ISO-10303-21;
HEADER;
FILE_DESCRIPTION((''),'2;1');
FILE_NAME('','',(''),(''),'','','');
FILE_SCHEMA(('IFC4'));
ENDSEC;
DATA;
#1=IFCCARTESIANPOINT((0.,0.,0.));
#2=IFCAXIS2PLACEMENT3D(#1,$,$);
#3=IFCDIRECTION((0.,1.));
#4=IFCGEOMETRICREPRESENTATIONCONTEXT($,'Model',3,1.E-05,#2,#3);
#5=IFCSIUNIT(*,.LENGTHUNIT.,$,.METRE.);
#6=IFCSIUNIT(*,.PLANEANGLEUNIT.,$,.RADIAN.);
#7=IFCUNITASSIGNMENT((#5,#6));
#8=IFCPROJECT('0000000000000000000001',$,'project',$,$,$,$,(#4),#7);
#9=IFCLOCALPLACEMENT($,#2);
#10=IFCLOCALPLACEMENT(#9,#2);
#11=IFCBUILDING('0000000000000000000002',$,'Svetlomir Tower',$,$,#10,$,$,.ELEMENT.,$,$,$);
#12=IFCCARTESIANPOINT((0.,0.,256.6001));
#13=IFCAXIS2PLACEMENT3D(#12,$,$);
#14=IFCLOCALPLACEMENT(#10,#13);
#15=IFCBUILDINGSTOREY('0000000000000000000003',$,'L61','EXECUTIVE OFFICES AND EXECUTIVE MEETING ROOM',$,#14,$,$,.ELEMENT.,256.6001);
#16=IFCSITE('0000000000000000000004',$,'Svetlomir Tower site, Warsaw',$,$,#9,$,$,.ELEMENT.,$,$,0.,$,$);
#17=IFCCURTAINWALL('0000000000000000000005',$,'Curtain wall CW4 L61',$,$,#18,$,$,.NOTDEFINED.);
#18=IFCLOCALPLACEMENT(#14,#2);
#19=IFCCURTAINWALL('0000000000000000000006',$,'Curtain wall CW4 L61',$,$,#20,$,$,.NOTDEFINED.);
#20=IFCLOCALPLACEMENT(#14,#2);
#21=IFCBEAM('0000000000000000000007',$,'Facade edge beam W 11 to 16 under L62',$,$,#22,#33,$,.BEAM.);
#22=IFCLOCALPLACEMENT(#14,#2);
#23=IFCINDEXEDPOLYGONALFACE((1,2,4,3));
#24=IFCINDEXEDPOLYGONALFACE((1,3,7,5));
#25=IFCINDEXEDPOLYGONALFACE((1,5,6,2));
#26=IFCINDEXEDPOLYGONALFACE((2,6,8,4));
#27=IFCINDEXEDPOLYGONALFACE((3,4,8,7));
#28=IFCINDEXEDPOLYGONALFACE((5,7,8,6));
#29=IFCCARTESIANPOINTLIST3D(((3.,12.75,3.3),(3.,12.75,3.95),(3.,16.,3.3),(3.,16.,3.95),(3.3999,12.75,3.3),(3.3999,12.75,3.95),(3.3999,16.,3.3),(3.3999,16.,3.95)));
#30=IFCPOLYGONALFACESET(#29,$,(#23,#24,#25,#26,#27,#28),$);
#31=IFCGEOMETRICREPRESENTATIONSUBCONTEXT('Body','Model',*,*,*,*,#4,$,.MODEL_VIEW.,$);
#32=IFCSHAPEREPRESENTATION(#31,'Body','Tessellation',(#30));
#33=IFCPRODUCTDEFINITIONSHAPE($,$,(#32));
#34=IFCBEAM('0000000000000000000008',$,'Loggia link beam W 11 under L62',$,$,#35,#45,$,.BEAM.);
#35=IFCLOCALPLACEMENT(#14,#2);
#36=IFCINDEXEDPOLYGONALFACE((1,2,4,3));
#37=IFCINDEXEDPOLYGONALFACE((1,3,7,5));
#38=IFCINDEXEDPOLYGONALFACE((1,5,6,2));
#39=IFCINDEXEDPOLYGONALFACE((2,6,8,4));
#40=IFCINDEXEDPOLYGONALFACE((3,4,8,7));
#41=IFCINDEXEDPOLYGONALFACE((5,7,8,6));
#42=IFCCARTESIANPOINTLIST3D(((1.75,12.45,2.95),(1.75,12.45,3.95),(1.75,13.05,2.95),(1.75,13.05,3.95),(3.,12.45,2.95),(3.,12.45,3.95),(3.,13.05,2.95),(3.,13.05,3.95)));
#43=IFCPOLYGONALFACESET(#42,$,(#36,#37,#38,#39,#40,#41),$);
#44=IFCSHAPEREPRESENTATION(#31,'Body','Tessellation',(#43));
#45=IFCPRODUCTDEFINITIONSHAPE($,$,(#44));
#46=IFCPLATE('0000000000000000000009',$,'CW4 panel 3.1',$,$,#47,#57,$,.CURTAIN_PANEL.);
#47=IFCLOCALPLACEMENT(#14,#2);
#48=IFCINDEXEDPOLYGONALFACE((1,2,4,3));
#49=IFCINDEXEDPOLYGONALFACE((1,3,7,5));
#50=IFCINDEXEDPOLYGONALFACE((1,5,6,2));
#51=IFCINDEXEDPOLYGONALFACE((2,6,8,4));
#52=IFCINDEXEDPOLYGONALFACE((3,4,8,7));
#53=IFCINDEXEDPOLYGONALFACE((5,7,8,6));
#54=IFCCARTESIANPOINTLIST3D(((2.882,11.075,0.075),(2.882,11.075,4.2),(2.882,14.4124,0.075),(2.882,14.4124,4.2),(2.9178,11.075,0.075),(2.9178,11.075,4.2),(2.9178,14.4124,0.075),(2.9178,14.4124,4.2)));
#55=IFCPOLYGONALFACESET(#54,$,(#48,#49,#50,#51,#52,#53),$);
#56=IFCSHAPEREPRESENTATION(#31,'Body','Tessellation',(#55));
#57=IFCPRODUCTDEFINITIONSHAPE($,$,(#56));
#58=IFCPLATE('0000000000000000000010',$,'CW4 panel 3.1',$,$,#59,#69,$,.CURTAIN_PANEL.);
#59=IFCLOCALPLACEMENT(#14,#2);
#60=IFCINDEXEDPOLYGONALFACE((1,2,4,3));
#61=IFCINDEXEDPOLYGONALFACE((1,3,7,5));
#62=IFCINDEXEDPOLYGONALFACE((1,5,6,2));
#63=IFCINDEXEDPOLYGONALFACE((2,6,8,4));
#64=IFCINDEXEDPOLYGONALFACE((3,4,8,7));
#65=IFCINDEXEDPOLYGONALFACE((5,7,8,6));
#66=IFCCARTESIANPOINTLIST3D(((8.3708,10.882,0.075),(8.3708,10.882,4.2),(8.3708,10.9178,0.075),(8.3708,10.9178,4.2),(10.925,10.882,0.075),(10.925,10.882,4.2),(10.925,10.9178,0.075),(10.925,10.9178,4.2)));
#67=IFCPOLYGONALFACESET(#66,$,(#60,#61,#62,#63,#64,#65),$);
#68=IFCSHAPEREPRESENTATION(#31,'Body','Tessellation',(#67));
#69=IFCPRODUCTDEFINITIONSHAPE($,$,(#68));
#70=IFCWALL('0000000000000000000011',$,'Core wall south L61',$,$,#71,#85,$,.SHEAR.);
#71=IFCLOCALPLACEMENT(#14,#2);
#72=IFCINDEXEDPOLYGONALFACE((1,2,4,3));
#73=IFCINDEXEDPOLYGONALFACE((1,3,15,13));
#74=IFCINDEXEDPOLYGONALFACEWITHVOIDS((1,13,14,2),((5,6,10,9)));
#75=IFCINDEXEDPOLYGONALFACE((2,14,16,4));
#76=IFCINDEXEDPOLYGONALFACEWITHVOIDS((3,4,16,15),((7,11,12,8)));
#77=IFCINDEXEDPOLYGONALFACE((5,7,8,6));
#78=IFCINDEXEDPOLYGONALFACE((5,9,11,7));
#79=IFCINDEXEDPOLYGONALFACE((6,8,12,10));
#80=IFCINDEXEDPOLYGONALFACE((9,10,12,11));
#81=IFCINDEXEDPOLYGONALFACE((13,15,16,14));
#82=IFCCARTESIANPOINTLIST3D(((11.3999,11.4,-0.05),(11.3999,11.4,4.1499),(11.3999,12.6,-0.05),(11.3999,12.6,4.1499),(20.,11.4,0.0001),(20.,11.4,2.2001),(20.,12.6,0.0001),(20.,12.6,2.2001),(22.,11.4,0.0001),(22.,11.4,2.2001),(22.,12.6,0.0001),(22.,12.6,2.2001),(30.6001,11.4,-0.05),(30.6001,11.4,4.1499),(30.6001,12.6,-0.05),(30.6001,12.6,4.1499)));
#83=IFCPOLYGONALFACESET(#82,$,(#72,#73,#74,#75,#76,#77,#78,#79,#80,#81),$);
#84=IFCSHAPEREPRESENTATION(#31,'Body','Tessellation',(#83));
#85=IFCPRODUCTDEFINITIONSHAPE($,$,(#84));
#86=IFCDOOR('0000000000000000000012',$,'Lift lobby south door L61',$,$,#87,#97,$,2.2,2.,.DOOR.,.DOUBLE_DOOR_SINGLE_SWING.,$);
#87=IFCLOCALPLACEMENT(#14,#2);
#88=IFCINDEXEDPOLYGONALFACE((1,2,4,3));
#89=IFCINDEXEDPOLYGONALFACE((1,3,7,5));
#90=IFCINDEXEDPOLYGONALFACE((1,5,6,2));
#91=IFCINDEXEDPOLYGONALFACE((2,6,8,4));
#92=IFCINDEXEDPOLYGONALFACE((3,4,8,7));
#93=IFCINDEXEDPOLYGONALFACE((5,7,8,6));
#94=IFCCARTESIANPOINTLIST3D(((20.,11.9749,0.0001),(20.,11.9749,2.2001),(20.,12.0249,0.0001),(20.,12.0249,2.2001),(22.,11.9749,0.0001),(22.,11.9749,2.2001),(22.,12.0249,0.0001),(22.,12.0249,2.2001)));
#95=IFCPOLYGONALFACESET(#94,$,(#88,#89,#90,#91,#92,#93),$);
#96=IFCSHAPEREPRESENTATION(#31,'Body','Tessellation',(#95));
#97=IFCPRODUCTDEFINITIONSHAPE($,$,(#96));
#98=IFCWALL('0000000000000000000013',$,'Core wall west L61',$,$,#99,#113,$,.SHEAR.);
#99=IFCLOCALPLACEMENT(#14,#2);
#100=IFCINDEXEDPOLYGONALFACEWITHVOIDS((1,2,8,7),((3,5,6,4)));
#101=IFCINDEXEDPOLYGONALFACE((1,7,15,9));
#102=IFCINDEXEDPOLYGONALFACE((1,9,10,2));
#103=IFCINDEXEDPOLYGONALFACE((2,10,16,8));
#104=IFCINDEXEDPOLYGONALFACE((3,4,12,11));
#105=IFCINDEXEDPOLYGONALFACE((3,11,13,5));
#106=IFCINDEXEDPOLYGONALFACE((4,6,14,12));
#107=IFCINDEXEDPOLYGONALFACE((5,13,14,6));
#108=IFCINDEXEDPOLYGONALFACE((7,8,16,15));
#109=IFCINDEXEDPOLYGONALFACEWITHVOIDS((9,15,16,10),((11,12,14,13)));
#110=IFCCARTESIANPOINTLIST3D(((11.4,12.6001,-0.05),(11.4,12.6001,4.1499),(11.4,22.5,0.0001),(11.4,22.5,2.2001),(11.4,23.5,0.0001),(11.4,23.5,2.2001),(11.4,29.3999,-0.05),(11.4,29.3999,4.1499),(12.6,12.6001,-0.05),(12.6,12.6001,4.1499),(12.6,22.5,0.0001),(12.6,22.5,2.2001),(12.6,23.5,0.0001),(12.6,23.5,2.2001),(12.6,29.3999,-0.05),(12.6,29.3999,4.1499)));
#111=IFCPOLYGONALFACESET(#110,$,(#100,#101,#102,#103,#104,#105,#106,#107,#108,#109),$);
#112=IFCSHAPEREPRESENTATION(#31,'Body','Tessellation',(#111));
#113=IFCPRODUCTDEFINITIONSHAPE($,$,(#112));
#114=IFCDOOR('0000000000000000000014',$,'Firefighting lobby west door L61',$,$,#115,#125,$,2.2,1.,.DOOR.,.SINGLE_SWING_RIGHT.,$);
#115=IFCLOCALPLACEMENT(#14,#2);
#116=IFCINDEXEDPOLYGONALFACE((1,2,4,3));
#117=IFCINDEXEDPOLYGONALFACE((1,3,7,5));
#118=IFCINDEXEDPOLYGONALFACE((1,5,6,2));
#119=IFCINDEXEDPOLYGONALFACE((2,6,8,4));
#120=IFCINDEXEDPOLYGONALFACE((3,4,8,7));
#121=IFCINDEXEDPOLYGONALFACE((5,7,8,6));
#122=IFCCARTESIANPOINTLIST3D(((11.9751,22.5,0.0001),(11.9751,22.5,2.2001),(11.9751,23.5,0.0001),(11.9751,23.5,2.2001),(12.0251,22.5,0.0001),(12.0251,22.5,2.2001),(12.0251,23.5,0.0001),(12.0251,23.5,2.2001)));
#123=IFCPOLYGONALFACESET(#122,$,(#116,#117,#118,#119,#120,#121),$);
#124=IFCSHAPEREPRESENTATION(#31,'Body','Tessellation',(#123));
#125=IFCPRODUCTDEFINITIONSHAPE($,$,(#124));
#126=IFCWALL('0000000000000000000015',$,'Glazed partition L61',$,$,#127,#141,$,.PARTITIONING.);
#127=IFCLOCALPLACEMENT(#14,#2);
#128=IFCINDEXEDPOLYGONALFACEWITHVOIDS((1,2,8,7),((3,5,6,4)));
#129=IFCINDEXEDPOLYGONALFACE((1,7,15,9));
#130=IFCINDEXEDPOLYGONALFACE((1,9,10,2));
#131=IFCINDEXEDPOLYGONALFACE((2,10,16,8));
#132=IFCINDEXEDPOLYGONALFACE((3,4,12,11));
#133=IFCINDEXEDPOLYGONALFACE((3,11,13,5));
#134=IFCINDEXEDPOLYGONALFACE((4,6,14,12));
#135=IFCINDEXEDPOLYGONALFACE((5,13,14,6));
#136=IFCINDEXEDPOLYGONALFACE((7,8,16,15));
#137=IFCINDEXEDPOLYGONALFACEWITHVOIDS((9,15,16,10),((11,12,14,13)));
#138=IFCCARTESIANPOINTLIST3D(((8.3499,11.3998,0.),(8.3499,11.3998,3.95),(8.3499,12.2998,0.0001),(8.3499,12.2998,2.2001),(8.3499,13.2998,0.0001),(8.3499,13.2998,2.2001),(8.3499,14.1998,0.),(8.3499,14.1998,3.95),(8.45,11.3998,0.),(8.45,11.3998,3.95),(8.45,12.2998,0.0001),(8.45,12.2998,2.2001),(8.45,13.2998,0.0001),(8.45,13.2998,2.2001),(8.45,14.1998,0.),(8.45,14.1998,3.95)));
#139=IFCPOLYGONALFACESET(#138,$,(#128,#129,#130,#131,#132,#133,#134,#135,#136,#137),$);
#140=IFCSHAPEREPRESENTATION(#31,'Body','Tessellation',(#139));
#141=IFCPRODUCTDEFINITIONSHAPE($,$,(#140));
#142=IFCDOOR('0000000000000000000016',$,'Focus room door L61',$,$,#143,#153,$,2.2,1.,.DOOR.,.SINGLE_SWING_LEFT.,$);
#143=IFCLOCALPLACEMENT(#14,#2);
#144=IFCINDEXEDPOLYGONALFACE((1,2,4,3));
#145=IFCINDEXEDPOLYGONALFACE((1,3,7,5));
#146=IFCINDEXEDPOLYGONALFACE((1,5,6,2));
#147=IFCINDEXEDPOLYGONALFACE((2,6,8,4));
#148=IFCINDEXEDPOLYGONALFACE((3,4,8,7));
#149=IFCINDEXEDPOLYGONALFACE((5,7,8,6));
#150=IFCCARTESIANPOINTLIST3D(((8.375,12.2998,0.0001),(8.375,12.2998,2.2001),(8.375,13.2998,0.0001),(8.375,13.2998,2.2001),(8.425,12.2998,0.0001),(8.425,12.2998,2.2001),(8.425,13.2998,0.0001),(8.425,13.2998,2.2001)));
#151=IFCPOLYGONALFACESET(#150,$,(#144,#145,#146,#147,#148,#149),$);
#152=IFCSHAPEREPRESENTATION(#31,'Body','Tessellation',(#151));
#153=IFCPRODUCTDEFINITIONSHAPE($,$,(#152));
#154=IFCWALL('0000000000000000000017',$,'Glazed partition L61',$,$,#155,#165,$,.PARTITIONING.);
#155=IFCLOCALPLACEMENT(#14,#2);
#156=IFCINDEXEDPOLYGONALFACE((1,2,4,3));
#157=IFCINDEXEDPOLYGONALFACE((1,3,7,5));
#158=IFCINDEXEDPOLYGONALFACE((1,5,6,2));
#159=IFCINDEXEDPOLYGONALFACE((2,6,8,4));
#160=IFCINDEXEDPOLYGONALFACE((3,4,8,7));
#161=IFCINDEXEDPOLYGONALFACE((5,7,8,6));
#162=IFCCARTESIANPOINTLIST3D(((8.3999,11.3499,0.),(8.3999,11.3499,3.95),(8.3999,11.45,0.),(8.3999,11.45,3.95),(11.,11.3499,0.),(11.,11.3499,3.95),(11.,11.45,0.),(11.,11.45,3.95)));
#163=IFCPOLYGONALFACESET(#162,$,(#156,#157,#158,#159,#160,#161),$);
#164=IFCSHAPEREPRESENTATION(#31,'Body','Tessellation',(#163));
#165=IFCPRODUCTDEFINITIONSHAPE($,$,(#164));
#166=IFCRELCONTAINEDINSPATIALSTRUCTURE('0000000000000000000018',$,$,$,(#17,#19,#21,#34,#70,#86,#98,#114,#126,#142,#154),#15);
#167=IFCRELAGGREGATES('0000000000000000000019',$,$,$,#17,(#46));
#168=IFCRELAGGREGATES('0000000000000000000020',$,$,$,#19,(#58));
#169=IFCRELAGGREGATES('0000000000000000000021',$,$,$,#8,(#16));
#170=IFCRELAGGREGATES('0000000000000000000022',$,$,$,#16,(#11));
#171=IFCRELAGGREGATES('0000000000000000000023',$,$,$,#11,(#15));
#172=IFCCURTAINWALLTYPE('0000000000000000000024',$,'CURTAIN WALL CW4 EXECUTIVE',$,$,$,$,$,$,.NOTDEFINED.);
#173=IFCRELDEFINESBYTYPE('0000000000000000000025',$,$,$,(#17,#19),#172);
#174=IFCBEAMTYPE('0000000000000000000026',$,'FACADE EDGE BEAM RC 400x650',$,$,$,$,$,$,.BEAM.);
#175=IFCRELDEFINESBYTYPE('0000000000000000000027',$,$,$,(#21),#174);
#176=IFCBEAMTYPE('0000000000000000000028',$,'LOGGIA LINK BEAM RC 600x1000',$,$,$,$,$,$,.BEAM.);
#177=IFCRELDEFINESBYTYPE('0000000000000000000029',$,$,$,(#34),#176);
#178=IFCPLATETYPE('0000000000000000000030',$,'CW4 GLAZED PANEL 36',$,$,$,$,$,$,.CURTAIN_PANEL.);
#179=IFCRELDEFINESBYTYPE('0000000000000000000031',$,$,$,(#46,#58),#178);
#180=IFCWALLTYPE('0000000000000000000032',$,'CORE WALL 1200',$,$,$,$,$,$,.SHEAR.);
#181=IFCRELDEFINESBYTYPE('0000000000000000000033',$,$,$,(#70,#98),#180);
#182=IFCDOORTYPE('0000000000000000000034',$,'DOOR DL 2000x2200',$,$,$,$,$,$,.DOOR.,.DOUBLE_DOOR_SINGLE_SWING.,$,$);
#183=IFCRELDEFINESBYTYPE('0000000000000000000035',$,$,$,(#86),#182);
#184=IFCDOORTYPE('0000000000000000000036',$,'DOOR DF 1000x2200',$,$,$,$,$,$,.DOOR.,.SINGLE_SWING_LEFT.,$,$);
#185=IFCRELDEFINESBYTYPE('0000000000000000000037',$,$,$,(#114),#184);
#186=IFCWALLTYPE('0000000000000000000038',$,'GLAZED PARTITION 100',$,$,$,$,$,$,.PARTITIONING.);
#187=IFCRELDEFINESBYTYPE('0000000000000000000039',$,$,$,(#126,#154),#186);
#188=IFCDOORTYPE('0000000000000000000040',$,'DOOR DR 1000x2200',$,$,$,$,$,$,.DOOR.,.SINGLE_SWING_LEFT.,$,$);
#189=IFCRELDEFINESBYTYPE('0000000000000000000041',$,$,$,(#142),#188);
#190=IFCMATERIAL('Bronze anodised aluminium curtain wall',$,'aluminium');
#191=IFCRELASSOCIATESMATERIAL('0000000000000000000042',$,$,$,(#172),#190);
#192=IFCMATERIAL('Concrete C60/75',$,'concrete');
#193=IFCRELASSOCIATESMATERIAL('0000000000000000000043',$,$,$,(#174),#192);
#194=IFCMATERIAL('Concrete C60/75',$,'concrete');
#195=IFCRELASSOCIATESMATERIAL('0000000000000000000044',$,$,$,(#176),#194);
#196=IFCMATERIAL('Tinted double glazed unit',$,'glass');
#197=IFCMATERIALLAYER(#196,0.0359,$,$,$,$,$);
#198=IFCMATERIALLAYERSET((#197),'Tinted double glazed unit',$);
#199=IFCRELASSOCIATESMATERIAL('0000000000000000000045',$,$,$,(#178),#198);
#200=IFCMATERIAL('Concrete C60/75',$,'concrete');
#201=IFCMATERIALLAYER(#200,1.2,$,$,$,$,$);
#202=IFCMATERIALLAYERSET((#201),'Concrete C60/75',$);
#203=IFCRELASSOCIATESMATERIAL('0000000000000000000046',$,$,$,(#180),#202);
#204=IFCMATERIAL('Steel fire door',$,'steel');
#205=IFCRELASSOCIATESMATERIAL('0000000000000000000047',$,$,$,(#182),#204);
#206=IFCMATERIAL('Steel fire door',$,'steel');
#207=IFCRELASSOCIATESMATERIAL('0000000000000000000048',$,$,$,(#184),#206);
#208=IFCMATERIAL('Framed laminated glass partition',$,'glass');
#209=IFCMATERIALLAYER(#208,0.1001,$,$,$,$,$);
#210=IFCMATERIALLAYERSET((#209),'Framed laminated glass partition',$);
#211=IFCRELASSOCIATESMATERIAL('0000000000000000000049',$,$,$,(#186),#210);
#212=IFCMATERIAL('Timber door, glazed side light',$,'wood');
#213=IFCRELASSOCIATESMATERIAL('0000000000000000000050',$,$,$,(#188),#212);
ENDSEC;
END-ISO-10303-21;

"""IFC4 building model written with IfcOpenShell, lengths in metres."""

from ifc_helpers import new_model, si_unit, direction, frame, frame_2d, origin, origin_2d, place, context, subcontext, project, spatial, rectangle, extrude, material, layer, layer_set, material_profile, profile_set, type_object, element, fill, aggregate, save


model = new_model("IFC4")

# Units and contexts
model_context = context("Model", 3, precision=1e-05, world=origin(), true_north=direction((0.0, 1.0)))
body_context = subcontext(model_context, "Body", "Model", "MODEL_VIEW")
ifc_project = project(units=[si_unit("LENGTHUNIT", "METRE"), si_unit("PLANEANGLEUNIT", "RADIAN")], contexts=[model_context])

# Site, building, storey
site_placement = place(None, origin())
site = spatial("IfcSite", under=ifc_project, at=site_placement, Name="Svetlomir Tower site, Warsaw", CompositionType="ELEMENT", RefElevation=0.0)
building_placement = place(site_placement, origin())
building = spatial("IfcBuilding", under=site, at=building_placement, Name="Svetlomir Tower", CompositionType="ELEMENT")
storey_placement = place(building_placement, frame((0.0, 0.0, 256.6001)))
storey = spatial("IfcBuildingStorey", under=building, at=storey_placement, Name="L61", Description="EXECUTIVE OFFICES AND EXECUTIVE MEETING ROOM", CompositionType="ELEMENT", Elevation=256.6001)

# Curtain walls
ifc_material_1 = material(Name="Bronze anodised aluminium curtain wall", Category="aluminium")
curtain_wall_type = type_object("IfcCurtainWallType", Name="CURTAIN WALL CW4 EXECUTIVE", PredefinedType="NOTDEFINED", material=ifc_material_1)
curtain_wall_1_placement = place(storey_placement, origin())
curtain_wall_1 = element("IfcCurtainWall", 1, at=curtain_wall_1_placement, inside=storey, type_object=curtain_wall_type, Name="Curtain wall CW4 L61", PredefinedType="NOTDEFINED")
curtain_wall_2_placement = place(storey_placement, origin())
curtain_wall_2 = element("IfcCurtainWall", 2, at=curtain_wall_2_placement, inside=storey, type_object=curtain_wall_type, Name="Curtain wall CW4 L61", PredefinedType="NOTDEFINED")

# Beams
ifc_material_2 = material(Name="Concrete C60/75", Category="concrete")
ifc_material_profile_1 = material_profile(ifc_material_2, rectangle(XDim=0.3999, YDim=0.6499, at=origin_2d()), Name="RC 400x650")
ifc_profile_set_1 = profile_set([ifc_material_profile_1], Name="Concrete C60/75")
beam_type_1 = type_object("IfcBeamType", Name="FACADE EDGE BEAM RC 400x650", PredefinedType="BEAM", material=ifc_profile_set_1)
beam_1_placement = place(storey_placement, frame((3.2, 12.75, 3.625), z_axis=(0.0, 1.0, 0.0), x_axis=(-1.0, 0.0, 0.0)))
element("IfcBeam", 3, at=beam_1_placement, inside=storey, type_object=beam_type_1, Name="Facade edge beam W 11 to 16 under L62", PredefinedType="BEAM", context=body_context, shape_type="SweptSolid", body=[
    extrude(rectangle(XDim=0.3999, YDim=0.6499, at=origin_2d()), origin(), (0.0, 0.0, 1.0), 3.25),
])
ifc_material_3 = material(Name="Concrete C60/75", Category="concrete")
ifc_material_profile_2 = material_profile(ifc_material_3, rectangle(XDim=0.6001, YDim=1.0, at=origin_2d()), Name="RC 600x1000")
ifc_profile_set_2 = profile_set([ifc_material_profile_2], Name="Concrete C60/75")
beam_type_2 = type_object("IfcBeamType", Name="LOGGIA LINK BEAM RC 600x1000", PredefinedType="BEAM", material=ifc_profile_set_2)
beam_2_placement = place(storey_placement, frame((1.75, 12.75, 3.45), z_axis=(1.0, 0.0, 0.0), x_axis=(0.0, 1.0, 0.0)))
element("IfcBeam", 4, at=beam_2_placement, inside=storey, type_object=beam_type_2, Name="Loggia link beam W 11 under L62", PredefinedType="BEAM", context=body_context, shape_type="SweptSolid", body=[
    extrude(rectangle(XDim=0.6001, YDim=1.0, at=origin_2d()), origin(), (0.0, 0.0, 1.0), 1.25),
])

# Plates
ifc_material_4 = material(Name="Tinted double glazed unit", Category="glass")
ifc_layer_1 = layer(ifc_material_4, 0.0359)
ifc_layer_set_1 = layer_set([ifc_layer_1], Name="Tinted double glazed unit")
plate_type = type_object("IfcPlateType", Name="CW4 GLAZED PANEL 36", PredefinedType="CURTAIN_PANEL", material=ifc_layer_set_1)
plate_1_placement = place(storey_placement, frame((2.8999, 12.7437, 0.075), z_axis=(0.0, 0.0, 1.0), x_axis=(0.0, -1.0, 0.0)))
plate_1 = element("IfcPlate", 5, at=plate_1_placement, type_object=plate_type, Name="CW4 panel 3.1", PredefinedType="CURTAIN_PANEL", context=body_context, shape_type="SweptSolid", body=[
    extrude(rectangle(XDim=3.3374, YDim=0.0359, at=origin_2d()), origin(), (0.0, 0.0, 1.0), 4.125),
])
aggregate(curtain_wall_1, [plate_1])
plate_2_placement = place(storey_placement, frame((9.6479, 10.8999, 0.075), z_axis=(0.0, 0.0, 1.0), x_axis=(1.0, 0.0, 0.0)))
plate_2 = element("IfcPlate", 6, at=plate_2_placement, type_object=plate_type, Name="CW4 panel 3.1", PredefinedType="CURTAIN_PANEL", context=body_context, shape_type="SweptSolid", body=[
    extrude(rectangle(XDim=2.5542, YDim=0.0359, at=origin_2d()), origin(), (0.0, 0.0, 1.0), 4.125),
])
aggregate(curtain_wall_2, [plate_2])

# Walls, openings, doors
ifc_material_5 = material(Name="Concrete C60/75", Category="concrete")
ifc_layer_2 = layer(ifc_material_5, 1.2)
ifc_layer_set_2 = layer_set([ifc_layer_2], Name="Concrete C60/75")
wall_type_1 = type_object("IfcWallType", Name="CORE WALL 1200", PredefinedType="SHEAR", material=ifc_layer_set_2)
wall_1_placement = place(storey_placement, frame((11.3999, 12.0, -0.05), z_axis=(0.0, 0.0, 1.0), x_axis=(1.0, 0.0, 0.0)))
wall_1 = element("IfcWall", 7, at=wall_1_placement, inside=storey, type_object=wall_type_1, Name="Core wall south L61", PredefinedType="SHEAR", context=body_context, shape_type="SweptSolid", body=[
    extrude(rectangle(XDim=19.2002, YDim=1.2, at=frame_2d((9.6001, 0.0))), origin(), (0.0, 0.0, 1.0), 4.2),
])
opening_1_placement = place(wall_1_placement, frame((8.6001, 0.0, 0.05)))
opening_1 = element("IfcOpeningElement", 8, at=opening_1_placement, cuts=wall_1, PredefinedType="OPENING", context=body_context, shape_type="SweptSolid", body=[
    extrude(rectangle(XDim=2.0, YDim=2.2, at=frame_2d((1.0, 1.1001))), frame((0.0, 0.6099, 0.0), z_axis=(0.0, -1.0, 0.0), x_axis=(1.0, 0.0, 0.0)), (0.0, 0.0, 1.0), 1.22),
])
ifc_material_6 = material(Name="Steel fire door", Category="steel")
door_type_1 = type_object("IfcDoorType", Name="DOOR DL 2000x2200", OperationType="DOUBLE_DOOR_SINGLE_SWING", PredefinedType="DOOR", material=ifc_material_6)
door_1_placement = place(opening_1_placement, origin())
door_1 = element("IfcDoor", 9, at=door_1_placement, inside=storey, type_object=door_type_1, Name="Lift lobby south door L61", OperationType="DOUBLE_DOOR_SINGLE_SWING", OverallHeight=2.2, OverallWidth=2.0, PredefinedType="DOOR", context=body_context, shape_type="SweptSolid", body=[
    extrude(rectangle(XDim=2.0, YDim=2.2, at=frame_2d((1.0, 1.1001))), frame((0.0, 0.0249, 0.0), z_axis=(0.0, -1.0, 0.0), x_axis=(1.0, 0.0, 0.0)), (0.0, 0.0, 1.0), 0.05),
])
fill(opening_1, door_1)
wall_2_placement = place(storey_placement, frame((12.0, 12.6001, -0.05), z_axis=(0.0, 0.0, 1.0), x_axis=(0.0, 1.0, 0.0)))
wall_2 = element("IfcWall", 10, at=wall_2_placement, inside=storey, type_object=wall_type_1, Name="Core wall west L61", PredefinedType="SHEAR", context=body_context, shape_type="SweptSolid", body=[
    extrude(rectangle(XDim=16.7998, YDim=1.2, at=frame_2d((8.3999, 0.0))), origin(), (0.0, 0.0, 1.0), 4.2),
])
opening_2_placement = place(wall_2_placement, frame((9.8999, 0.0, 0.05)))
opening_2 = element("IfcOpeningElement", 11, at=opening_2_placement, cuts=wall_2, PredefinedType="OPENING", context=body_context, shape_type="SweptSolid", body=[
    extrude(rectangle(XDim=1.0, YDim=2.2, at=frame_2d((0.5, 1.1001))), frame((0.0, 0.6099, 0.0), z_axis=(0.0, -1.0, 0.0), x_axis=(1.0, 0.0, 0.0)), (0.0, 0.0, 1.0), 1.22),
])
ifc_material_7 = material(Name="Steel fire door", Category="steel")
door_type_2 = type_object("IfcDoorType", Name="DOOR DF 1000x2200", OperationType="SINGLE_SWING_LEFT", PredefinedType="DOOR", material=ifc_material_7)
door_2_placement = place(opening_2_placement, origin())
door_2 = element("IfcDoor", 12, at=door_2_placement, inside=storey, type_object=door_type_2, Name="Firefighting lobby west door L61", OperationType="SINGLE_SWING_RIGHT", OverallHeight=2.2, OverallWidth=1.0, PredefinedType="DOOR", context=body_context, shape_type="SweptSolid", body=[
    extrude(rectangle(XDim=1.0, YDim=2.2, at=frame_2d((0.5, 1.1001))), frame((0.0, 0.0249, 0.0), z_axis=(0.0, -1.0, 0.0), x_axis=(1.0, 0.0, 0.0)), (0.0, 0.0, 1.0), 0.05),
])
fill(opening_2, door_2)
ifc_material_8 = material(Name="Framed laminated glass partition", Category="glass")
ifc_layer_3 = layer(ifc_material_8, 0.1001)
ifc_layer_set_3 = layer_set([ifc_layer_3], Name="Framed laminated glass partition")
wall_type_2 = type_object("IfcWallType", Name="GLAZED PARTITION 100", PredefinedType="PARTITIONING", material=ifc_layer_set_3)
wall_3_placement = place(storey_placement, frame((8.3999, 11.3999, 0.0), z_axis=(0.0, 0.0, 1.0), x_axis=(0.0, 1.0, 0.0)))
wall_3 = element("IfcWall", 13, at=wall_3_placement, inside=storey, type_object=wall_type_2, Name="Glazed partition L61", PredefinedType="PARTITIONING", context=body_context, shape_type="SweptSolid", body=[
    extrude(rectangle(XDim=2.8, YDim=0.1001, at=frame_2d((1.3999, 0.0))), origin(), (0.0, 0.0, 1.0), 3.95),
])
opening_3_placement = place(wall_3_placement, frame((0.8999, 0.0, 0.0)))
opening_3 = element("IfcOpeningElement", 14, at=opening_3_placement, cuts=wall_3, PredefinedType="OPENING", context=body_context, shape_type="SweptSolid", body=[
    extrude(rectangle(XDim=1.0, YDim=2.2, at=frame_2d((0.5, 1.1001))), frame((0.0, 0.0601, 0.0), z_axis=(0.0, -1.0, 0.0), x_axis=(1.0, 0.0, 0.0)), (0.0, 0.0, 1.0), 0.1201),
])
ifc_material_9 = material(Name="Timber door, glazed side light", Category="wood")
door_type_3 = type_object("IfcDoorType", Name="DOOR DR 1000x2200", OperationType="SINGLE_SWING_LEFT", PredefinedType="DOOR", material=ifc_material_9)
door_3_placement = place(opening_3_placement, origin())
door_3 = element("IfcDoor", 15, at=door_3_placement, inside=storey, type_object=door_type_3, Name="Focus room door L61", OperationType="SINGLE_SWING_LEFT", OverallHeight=2.2, OverallWidth=1.0, PredefinedType="DOOR", context=body_context, shape_type="SweptSolid", body=[
    extrude(rectangle(XDim=1.0, YDim=2.2, at=frame_2d((0.5, 1.1001))), frame((0.0, 0.0249, 0.0), z_axis=(0.0, -1.0, 0.0), x_axis=(1.0, 0.0, 0.0)), (0.0, 0.0, 1.0), 0.05),
])
fill(opening_3, door_3)

# Wall
wall_4_placement = place(storey_placement, frame((8.3999, 11.3999, 0.0), z_axis=(0.0, 0.0, 1.0), x_axis=(1.0, 0.0, 0.0)))
element("IfcWall", 16, at=wall_4_placement, inside=storey, type_object=wall_type_2, Name="Glazed partition L61", PredefinedType="PARTITIONING", context=body_context, shape_type="SweptSolid", body=[
    extrude(rectangle(XDim=2.6001, YDim=0.1001, at=frame_2d((1.3, 0.0))), origin(), (0.0, 0.0, 1.0), 3.95),
])

save(model, "model.ifc")
